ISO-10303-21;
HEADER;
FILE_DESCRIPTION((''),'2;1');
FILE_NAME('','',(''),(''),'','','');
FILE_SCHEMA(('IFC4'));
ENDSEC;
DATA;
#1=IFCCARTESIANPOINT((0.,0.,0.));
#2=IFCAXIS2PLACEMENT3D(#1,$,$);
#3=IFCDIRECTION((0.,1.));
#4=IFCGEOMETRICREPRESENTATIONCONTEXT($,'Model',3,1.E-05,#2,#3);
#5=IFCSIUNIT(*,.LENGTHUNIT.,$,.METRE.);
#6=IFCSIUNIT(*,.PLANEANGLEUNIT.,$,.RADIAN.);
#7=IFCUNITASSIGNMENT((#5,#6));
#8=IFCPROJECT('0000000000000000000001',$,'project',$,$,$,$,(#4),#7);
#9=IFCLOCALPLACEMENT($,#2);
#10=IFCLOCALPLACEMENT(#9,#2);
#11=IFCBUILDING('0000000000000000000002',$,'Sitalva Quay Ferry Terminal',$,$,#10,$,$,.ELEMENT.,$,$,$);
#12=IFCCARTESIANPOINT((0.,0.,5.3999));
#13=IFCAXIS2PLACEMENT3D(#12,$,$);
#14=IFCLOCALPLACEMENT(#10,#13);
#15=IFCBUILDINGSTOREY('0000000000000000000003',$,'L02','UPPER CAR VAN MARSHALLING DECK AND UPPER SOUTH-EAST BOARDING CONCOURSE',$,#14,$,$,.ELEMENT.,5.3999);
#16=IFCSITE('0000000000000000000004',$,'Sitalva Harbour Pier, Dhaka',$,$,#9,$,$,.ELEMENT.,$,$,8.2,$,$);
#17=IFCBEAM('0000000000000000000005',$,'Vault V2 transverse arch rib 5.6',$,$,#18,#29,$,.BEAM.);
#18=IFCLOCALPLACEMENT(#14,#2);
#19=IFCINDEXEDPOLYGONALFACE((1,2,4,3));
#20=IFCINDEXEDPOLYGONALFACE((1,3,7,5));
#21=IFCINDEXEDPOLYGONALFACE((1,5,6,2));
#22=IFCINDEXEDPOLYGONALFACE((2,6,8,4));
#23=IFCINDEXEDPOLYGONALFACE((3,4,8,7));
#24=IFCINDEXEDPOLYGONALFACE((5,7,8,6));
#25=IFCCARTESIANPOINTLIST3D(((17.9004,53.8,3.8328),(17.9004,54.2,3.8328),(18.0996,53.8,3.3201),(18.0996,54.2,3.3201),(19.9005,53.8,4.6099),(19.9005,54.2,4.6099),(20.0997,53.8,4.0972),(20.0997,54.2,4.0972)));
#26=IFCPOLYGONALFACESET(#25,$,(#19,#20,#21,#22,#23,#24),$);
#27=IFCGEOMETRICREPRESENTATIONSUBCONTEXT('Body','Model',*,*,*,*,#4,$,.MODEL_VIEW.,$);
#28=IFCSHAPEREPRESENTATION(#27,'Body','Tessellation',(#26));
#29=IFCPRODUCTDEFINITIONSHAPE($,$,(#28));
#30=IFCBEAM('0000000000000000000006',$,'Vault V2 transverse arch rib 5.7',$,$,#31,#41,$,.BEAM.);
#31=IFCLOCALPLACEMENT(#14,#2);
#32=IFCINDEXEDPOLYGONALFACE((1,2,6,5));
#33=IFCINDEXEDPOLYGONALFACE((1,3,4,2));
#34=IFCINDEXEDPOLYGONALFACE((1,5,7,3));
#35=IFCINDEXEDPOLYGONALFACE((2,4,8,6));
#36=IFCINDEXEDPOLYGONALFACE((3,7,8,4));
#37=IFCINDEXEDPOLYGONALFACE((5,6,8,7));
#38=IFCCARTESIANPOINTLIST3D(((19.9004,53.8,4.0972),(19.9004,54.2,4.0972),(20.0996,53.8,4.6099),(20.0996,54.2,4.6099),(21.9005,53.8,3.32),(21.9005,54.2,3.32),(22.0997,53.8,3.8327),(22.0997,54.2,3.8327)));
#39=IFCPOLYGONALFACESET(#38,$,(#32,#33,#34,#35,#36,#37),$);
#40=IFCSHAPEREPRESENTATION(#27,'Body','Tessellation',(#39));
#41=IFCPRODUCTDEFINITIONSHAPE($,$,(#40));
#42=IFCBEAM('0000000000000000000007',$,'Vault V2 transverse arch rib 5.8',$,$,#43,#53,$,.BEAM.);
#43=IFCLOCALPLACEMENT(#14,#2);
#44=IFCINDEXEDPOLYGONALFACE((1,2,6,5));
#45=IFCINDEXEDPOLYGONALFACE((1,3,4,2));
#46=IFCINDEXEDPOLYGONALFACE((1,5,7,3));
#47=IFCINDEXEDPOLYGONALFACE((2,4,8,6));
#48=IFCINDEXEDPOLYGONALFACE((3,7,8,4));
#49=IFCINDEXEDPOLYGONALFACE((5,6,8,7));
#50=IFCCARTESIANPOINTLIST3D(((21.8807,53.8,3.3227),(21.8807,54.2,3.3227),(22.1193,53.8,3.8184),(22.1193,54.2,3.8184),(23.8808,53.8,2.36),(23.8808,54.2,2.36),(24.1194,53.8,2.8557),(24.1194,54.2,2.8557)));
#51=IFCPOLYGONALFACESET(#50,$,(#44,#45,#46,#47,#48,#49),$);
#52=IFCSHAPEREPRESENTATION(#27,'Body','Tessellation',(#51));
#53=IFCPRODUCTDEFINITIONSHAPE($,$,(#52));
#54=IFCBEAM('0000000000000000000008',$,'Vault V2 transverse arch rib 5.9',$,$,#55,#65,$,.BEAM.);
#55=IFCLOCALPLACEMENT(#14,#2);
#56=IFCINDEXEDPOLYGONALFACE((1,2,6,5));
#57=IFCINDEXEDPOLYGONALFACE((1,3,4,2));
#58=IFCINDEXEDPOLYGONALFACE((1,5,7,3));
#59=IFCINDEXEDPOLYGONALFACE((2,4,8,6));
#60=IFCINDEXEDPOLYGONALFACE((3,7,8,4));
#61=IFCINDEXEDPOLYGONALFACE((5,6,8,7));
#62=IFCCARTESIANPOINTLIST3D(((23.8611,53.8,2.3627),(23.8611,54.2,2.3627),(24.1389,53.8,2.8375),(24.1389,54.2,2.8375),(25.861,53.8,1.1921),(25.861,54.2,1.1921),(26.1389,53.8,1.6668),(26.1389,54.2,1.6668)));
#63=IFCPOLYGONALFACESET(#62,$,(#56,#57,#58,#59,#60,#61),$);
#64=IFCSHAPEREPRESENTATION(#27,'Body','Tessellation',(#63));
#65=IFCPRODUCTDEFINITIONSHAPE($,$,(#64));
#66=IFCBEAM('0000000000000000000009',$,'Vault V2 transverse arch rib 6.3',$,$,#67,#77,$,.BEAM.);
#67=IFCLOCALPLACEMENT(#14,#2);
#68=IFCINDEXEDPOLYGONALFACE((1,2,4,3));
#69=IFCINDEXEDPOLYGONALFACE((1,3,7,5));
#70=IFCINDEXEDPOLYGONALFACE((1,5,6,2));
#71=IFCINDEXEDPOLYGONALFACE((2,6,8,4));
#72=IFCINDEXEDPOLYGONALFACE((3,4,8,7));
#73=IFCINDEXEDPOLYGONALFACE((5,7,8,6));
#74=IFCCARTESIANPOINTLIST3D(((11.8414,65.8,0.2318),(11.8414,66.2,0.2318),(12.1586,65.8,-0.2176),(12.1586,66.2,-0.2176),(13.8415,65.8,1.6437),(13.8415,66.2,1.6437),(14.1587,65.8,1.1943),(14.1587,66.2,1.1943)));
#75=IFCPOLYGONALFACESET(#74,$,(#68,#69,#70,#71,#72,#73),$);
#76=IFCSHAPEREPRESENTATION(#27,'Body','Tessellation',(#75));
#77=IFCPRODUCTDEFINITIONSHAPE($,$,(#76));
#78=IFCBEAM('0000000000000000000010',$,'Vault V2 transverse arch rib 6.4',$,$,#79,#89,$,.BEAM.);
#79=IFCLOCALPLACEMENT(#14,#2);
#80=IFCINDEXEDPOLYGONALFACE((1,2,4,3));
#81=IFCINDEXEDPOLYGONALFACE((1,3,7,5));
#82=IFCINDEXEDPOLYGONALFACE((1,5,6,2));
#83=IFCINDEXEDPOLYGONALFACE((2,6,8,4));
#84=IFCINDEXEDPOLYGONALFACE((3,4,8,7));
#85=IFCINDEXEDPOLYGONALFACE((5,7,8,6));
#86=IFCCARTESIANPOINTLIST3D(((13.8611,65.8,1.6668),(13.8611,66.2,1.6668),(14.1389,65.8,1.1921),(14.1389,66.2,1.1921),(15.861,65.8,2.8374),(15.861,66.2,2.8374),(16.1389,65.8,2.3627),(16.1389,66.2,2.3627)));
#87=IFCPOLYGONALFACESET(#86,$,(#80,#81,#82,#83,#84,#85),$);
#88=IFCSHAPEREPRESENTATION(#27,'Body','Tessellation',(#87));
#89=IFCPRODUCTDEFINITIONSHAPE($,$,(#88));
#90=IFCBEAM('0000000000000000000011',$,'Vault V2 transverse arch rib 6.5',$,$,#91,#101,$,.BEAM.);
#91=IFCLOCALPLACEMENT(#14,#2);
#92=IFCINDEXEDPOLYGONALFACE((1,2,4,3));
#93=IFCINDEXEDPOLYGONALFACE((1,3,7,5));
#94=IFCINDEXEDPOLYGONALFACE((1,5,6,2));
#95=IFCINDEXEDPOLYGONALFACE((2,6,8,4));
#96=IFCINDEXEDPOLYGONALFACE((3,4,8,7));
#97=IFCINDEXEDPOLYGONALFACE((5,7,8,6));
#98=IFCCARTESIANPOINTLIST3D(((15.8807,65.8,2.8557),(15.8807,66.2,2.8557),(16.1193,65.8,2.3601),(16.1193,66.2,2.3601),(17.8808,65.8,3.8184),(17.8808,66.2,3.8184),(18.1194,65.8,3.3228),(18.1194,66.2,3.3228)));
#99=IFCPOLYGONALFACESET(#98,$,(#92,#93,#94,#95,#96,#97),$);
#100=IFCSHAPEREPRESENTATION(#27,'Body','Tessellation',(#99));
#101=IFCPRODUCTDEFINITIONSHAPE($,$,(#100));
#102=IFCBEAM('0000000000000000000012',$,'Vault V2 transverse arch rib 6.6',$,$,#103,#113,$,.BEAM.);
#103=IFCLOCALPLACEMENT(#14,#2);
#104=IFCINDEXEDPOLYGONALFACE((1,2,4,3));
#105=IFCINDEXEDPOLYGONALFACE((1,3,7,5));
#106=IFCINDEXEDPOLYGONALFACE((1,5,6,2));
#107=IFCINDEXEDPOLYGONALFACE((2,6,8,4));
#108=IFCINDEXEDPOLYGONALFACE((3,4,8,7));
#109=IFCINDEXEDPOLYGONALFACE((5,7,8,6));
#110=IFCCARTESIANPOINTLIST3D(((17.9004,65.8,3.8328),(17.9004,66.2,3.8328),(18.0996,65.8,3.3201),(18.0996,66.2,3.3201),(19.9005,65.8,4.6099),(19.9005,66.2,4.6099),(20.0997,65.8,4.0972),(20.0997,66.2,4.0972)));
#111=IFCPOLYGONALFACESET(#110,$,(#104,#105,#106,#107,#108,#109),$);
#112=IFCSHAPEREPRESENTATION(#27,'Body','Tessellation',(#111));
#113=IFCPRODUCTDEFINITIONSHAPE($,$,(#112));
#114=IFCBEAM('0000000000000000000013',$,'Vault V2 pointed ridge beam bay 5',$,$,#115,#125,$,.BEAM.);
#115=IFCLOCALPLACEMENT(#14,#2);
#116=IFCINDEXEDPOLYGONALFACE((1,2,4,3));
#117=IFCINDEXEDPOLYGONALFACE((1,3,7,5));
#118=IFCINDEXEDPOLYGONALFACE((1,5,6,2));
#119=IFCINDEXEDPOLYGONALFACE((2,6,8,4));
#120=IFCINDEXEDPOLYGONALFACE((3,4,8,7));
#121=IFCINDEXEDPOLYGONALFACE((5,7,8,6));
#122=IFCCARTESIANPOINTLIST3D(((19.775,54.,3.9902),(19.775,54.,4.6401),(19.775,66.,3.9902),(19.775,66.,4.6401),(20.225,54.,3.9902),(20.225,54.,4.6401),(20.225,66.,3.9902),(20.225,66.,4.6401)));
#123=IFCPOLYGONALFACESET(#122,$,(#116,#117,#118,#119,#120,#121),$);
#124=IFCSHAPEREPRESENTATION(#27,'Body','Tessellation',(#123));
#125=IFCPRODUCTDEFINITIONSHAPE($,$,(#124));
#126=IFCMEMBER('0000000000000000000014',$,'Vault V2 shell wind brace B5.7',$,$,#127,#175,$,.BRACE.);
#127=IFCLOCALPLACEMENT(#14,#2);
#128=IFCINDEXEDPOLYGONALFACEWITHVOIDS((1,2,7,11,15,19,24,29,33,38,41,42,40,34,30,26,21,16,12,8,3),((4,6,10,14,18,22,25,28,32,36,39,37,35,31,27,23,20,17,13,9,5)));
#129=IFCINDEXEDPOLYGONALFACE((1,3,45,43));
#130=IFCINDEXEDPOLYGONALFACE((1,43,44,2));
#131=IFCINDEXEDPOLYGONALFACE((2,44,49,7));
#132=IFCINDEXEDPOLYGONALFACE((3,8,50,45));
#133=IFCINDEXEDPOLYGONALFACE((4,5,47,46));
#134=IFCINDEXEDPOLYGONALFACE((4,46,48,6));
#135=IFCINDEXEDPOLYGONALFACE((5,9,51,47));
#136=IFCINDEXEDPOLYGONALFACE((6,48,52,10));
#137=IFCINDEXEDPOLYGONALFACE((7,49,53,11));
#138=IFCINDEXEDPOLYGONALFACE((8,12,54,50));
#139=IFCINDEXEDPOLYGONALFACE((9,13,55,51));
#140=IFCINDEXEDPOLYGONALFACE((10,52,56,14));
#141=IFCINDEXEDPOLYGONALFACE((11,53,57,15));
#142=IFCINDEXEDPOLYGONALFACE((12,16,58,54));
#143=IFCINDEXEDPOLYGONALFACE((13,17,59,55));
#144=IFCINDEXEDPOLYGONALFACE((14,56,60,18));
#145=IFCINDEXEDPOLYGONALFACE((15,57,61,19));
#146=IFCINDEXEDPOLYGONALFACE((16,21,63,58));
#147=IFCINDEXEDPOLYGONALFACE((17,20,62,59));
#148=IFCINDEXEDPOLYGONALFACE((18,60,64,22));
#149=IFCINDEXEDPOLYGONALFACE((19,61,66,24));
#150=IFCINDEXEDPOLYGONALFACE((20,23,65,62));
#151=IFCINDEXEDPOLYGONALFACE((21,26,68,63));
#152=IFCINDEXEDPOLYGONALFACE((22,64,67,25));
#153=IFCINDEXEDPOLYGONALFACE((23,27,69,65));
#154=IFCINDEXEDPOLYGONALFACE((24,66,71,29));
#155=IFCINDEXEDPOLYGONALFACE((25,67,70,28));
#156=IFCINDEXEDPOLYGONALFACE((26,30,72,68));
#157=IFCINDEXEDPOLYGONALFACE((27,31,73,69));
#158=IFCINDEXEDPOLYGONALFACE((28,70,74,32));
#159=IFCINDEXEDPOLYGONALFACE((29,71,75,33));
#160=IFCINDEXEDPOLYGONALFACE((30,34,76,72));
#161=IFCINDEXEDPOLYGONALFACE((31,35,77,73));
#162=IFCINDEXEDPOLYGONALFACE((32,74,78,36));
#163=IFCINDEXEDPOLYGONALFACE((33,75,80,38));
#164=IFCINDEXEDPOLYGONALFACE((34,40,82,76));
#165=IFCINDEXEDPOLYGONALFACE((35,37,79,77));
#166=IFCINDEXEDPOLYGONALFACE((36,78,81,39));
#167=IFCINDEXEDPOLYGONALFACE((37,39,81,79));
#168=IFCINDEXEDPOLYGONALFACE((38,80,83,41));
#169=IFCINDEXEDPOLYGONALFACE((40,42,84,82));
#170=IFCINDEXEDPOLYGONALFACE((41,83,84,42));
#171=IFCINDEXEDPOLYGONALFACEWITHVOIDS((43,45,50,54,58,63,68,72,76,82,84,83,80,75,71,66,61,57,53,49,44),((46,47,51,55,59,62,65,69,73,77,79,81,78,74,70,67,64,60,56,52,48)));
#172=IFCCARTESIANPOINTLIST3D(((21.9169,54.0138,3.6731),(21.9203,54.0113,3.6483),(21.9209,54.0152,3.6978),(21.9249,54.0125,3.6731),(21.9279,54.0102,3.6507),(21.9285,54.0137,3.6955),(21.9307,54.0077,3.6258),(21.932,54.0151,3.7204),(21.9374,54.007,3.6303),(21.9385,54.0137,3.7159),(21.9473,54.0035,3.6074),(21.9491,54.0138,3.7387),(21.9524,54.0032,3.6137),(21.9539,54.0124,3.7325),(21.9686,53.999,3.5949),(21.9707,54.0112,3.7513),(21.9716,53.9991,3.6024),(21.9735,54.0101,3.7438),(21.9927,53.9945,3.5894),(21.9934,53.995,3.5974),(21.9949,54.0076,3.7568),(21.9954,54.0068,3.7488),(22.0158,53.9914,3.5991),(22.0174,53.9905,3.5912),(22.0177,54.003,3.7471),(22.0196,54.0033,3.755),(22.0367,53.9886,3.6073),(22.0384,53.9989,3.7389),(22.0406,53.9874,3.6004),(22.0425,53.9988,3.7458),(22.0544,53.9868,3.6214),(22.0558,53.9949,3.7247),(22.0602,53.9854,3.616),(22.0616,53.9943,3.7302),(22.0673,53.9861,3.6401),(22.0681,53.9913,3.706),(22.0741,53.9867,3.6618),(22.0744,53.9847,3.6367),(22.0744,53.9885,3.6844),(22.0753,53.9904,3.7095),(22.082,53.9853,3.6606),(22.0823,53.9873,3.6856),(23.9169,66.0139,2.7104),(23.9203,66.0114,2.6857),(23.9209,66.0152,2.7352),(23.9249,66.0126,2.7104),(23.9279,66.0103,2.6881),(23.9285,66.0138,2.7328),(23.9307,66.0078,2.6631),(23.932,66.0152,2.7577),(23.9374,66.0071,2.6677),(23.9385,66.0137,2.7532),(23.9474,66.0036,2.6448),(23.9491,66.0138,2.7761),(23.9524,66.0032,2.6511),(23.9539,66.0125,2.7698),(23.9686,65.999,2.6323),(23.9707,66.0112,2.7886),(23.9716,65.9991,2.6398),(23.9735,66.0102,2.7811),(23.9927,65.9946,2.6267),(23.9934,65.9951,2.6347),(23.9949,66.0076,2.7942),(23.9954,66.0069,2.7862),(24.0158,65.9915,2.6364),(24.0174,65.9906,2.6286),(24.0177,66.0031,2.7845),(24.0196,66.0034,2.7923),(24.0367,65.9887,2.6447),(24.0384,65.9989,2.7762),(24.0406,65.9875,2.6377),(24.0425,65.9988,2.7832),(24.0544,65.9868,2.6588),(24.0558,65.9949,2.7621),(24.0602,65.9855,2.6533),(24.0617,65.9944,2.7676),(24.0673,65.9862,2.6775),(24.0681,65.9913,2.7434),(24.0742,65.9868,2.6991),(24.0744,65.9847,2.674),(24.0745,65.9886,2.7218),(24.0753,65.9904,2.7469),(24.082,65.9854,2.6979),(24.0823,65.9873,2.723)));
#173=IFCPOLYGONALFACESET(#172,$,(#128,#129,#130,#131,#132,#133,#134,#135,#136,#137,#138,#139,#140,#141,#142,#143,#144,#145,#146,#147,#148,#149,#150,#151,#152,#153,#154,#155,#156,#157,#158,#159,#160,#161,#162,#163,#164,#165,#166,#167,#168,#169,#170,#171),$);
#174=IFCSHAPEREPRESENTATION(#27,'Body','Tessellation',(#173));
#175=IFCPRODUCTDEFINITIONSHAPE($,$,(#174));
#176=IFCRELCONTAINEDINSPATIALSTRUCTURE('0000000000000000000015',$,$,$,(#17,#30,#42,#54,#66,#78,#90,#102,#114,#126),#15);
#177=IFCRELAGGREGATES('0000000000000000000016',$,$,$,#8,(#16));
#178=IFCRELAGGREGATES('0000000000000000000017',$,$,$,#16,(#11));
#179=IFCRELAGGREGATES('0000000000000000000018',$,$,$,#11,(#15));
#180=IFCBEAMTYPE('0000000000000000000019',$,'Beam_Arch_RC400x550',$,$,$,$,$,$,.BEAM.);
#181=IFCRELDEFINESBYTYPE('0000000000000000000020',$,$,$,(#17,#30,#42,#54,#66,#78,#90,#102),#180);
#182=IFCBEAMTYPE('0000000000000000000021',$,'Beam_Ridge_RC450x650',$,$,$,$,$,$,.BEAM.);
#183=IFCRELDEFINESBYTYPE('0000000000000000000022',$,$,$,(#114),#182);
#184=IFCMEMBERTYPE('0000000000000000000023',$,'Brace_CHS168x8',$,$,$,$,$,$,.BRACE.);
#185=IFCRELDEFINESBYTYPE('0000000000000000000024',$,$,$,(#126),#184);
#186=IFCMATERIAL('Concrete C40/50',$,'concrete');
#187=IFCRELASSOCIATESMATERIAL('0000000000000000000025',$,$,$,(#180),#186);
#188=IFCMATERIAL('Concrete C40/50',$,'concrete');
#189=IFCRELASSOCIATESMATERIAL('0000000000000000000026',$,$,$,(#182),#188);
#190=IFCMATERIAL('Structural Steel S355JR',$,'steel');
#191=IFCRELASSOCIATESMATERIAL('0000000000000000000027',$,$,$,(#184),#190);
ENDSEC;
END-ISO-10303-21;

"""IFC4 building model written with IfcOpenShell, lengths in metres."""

from ifc_helpers import new_model, si_unit, direction, frame, origin, origin_2d, place, context, subcontext, project, spatial, rectangle, hollow_circle, extrude, material, material_profile, profile_set, type_object, element, save


model = new_model("IFC4")

# Units and contexts
model_context = context("Model", 3, precision=1e-05, world=origin(), true_north=direction((0.0, 1.0)))
body_context = subcontext(model_context, "Body", "Model", "MODEL_VIEW")
ifc_project = project(units=[si_unit("LENGTHUNIT", "METRE"), si_unit("PLANEANGLEUNIT", "RADIAN")], contexts=[model_context])

# Site, building, storey
site_placement = place(None, origin())
site = spatial("IfcSite", under=ifc_project, at=site_placement, Name="Sitalva Harbour Pier, Dhaka", CompositionType="ELEMENT", RefElevation=8.2)
building_placement = place(site_placement, origin())
building = spatial("IfcBuilding", under=site, at=building_placement, Name="Sitalva Quay Ferry Terminal", CompositionType="ELEMENT")
storey_placement = place(building_placement, frame((0.0, 0.0, 5.3999)))
storey = spatial("IfcBuildingStorey", under=building, at=storey_placement, Name="L02", Description="UPPER CAR VAN MARSHALLING DECK AND UPPER SOUTH-EAST BOARDING CONCOURSE", CompositionType="ELEMENT", Elevation=5.3999)

# Beams
ifc_material_1 = material(Name="Concrete C40/50", Category="concrete")
ifc_material_profile_1 = material_profile(ifc_material_1, rectangle(XDim=0.3999, YDim=0.55, at=origin_2d()), Name="RC400x550")
ifc_profile_set_1 = profile_set([ifc_material_profile_1], Name="Concrete C40/50")
beam_type_1 = type_object("IfcBeamType", Name="Beam_Arch_RC400x550", PredefinedType="BEAM", material=ifc_profile_set_1)
for number, where, z_axis, x_axis, name in (
    (1, (18.0, 54.0, 3.5764), (0.932111, 0.0, 0.362172), (0.0, 1.0, 0.0), "Vault V2 transverse arch rib 5.6"),
    (2, (20.0, 54.0, 4.3535), (0.932111, 0.0, -0.362172), (0.0, 1.0, 0.0), "Vault V2 transverse arch rib 5.7"),
):
    element("IfcBeam", number, at=place(storey_placement, frame(where, z_axis=z_axis, x_axis=x_axis)), inside=storey, type_object=beam_type_1, Name=name, PredefinedType="BEAM", context=body_context, shape_type="SweptSolid", body=[
        extrude(rectangle(XDim=0.3999, YDim=0.55, at=origin_2d()), origin(), (0.0, 0.0, 1.0), 2.1458),
    ])
beam_1_placement = place(storey_placement, frame((22.0, 54.0, 3.5706), z_axis=(0.901057, 0.0, -0.4337), x_axis=(0.0, 1.0, 0.0)))
element("IfcBeam", 3, at=beam_1_placement, inside=storey, type_object=beam_type_1, Name="Vault V2 transverse arch rib 5.8", PredefinedType="BEAM", context=body_context, shape_type="SweptSolid", body=[
    extrude(rectangle(XDim=0.3999, YDim=0.55, at=origin_2d()), origin(), (0.0, 0.0, 1.0), 2.2197),
])
beam_2_placement = place(storey_placement, frame((24.0, 54.0, 2.6001), z_axis=(0.863029, 0.0, -0.505154), x_axis=(0.0, 1.0, 0.0)))
element("IfcBeam", 4, at=beam_2_placement, inside=storey, type_object=beam_type_1, Name="Vault V2 transverse arch rib 5.9", PredefinedType="BEAM", context=body_context, shape_type="SweptSolid", body=[
    extrude(rectangle(XDim=0.3999, YDim=0.55, at=origin_2d()), origin(), (0.0, 0.0, 1.0), 2.3174),
])
beam_3_placement = place(storey_placement, frame((12.0, 66.0, 0.0071), z_axis=(0.816949, 0.0, 0.576711), x_axis=(0.0, 1.0, 0.0)))
element("IfcBeam", 5, at=beam_3_placement, inside=storey, type_object=beam_type_1, Name="Vault V2 transverse arch rib 6.3", PredefinedType="BEAM", context=body_context, shape_type="SweptSolid", body=[
    extrude(rectangle(XDim=0.3999, YDim=0.55, at=origin_2d()), origin(), (0.0, 0.0, 1.0), 2.4482),
])
beam_4_placement = place(storey_placement, frame((14.0, 66.0, 1.4294), z_axis=(0.863029, 0.0, 0.505154), x_axis=(0.0, 1.0, 0.0)))
element("IfcBeam", 6, at=beam_4_placement, inside=storey, type_object=beam_type_1, Name="Vault V2 transverse arch rib 6.4", PredefinedType="BEAM", context=body_context, shape_type="SweptSolid", body=[
    extrude(rectangle(XDim=0.3999, YDim=0.55, at=origin_2d()), origin(), (0.0, 0.0, 1.0), 2.3174),
])
beam_5_placement = place(storey_placement, frame((16.0, 66.0, 2.6079), z_axis=(0.901057, 0.0, 0.4337), x_axis=(0.0, 1.0, 0.0)))
element("IfcBeam", 7, at=beam_5_placement, inside=storey, type_object=beam_type_1, Name="Vault V2 transverse arch rib 6.5", PredefinedType="BEAM", context=body_context, shape_type="SweptSolid", body=[
    extrude(rectangle(XDim=0.3999, YDim=0.55, at=origin_2d()), origin(), (0.0, 0.0, 1.0), 2.2197),
])
beam_6_placement = place(storey_placement, frame((18.0, 66.0, 3.5764), z_axis=(0.932111, 0.0, 0.362172), x_axis=(0.0, 1.0, 0.0)))
element("IfcBeam", 8, at=beam_6_placement, inside=storey, type_object=beam_type_1, Name="Vault V2 transverse arch rib 6.6", PredefinedType="BEAM", context=body_context, shape_type="SweptSolid", body=[
    extrude(rectangle(XDim=0.3999, YDim=0.55, at=origin_2d()), origin(), (0.0, 0.0, 1.0), 2.1458),
])
ifc_material_2 = material(Name="Concrete C40/50", Category="concrete")
ifc_material_profile_2 = material_profile(ifc_material_2, rectangle(XDim=0.45, YDim=0.6499, at=origin_2d()), Name="RC450x650")
ifc_profile_set_2 = profile_set([ifc_material_profile_2], Name="Concrete C40/50")
beam_type_2 = type_object("IfcBeamType", Name="Beam_Ridge_RC450x650", PredefinedType="BEAM", material=ifc_profile_set_2)
beam_7_placement = place(storey_placement, frame((20.0, 54.0, 4.3152), z_axis=(0.0, 1.0, 0.0), x_axis=(-1.0, 0.0, 0.0)))
element("IfcBeam", 9, at=beam_7_placement, inside=storey, type_object=beam_type_2, Name="Vault V2 pointed ridge beam bay 5", PredefinedType="BEAM", context=body_context, shape_type="SweptSolid", body=[
    extrude(rectangle(XDim=0.45, YDim=0.6499, at=origin_2d()), origin(), (0.0, 0.0, 1.0), 12.0),
])

# Member
ifc_material_3 = material(Name="Structural Steel S355JR", Category="steel")
ifc_material_profile_3 = material_profile(ifc_material_3, hollow_circle(Radius=0.0842, WallThickness=0.0081, at=origin_2d()), Name="CHS168x8")
ifc_profile_set_3 = profile_set([ifc_material_profile_3], Name="Structural Steel S355JR")
member_type_1 = type_object("IfcMemberType", Name="Brace_CHS168x8", PredefinedType="BRACE", material=ifc_profile_set_3)
member_1_placement = place(storey_placement, frame((22.0, 54.0, 3.6731), z_axis=(0.163887, 0.98332, -0.078882), x_axis=(-0.986394, 0.164399, 0.0)))
element("IfcMember", 10, at=member_1_placement, inside=storey, type_object=member_type_1, Name="Vault V2 shell wind brace B5.7", PredefinedType="BRACE", context=body_context, shape_type="SweptSolid", body=[
    extrude(hollow_circle(Radius=0.0842, WallThickness=0.0081, at=origin_2d()), origin(), (0.0, 0.0, 1.0), 12.2036),
])

save(model, "model.ifc")
